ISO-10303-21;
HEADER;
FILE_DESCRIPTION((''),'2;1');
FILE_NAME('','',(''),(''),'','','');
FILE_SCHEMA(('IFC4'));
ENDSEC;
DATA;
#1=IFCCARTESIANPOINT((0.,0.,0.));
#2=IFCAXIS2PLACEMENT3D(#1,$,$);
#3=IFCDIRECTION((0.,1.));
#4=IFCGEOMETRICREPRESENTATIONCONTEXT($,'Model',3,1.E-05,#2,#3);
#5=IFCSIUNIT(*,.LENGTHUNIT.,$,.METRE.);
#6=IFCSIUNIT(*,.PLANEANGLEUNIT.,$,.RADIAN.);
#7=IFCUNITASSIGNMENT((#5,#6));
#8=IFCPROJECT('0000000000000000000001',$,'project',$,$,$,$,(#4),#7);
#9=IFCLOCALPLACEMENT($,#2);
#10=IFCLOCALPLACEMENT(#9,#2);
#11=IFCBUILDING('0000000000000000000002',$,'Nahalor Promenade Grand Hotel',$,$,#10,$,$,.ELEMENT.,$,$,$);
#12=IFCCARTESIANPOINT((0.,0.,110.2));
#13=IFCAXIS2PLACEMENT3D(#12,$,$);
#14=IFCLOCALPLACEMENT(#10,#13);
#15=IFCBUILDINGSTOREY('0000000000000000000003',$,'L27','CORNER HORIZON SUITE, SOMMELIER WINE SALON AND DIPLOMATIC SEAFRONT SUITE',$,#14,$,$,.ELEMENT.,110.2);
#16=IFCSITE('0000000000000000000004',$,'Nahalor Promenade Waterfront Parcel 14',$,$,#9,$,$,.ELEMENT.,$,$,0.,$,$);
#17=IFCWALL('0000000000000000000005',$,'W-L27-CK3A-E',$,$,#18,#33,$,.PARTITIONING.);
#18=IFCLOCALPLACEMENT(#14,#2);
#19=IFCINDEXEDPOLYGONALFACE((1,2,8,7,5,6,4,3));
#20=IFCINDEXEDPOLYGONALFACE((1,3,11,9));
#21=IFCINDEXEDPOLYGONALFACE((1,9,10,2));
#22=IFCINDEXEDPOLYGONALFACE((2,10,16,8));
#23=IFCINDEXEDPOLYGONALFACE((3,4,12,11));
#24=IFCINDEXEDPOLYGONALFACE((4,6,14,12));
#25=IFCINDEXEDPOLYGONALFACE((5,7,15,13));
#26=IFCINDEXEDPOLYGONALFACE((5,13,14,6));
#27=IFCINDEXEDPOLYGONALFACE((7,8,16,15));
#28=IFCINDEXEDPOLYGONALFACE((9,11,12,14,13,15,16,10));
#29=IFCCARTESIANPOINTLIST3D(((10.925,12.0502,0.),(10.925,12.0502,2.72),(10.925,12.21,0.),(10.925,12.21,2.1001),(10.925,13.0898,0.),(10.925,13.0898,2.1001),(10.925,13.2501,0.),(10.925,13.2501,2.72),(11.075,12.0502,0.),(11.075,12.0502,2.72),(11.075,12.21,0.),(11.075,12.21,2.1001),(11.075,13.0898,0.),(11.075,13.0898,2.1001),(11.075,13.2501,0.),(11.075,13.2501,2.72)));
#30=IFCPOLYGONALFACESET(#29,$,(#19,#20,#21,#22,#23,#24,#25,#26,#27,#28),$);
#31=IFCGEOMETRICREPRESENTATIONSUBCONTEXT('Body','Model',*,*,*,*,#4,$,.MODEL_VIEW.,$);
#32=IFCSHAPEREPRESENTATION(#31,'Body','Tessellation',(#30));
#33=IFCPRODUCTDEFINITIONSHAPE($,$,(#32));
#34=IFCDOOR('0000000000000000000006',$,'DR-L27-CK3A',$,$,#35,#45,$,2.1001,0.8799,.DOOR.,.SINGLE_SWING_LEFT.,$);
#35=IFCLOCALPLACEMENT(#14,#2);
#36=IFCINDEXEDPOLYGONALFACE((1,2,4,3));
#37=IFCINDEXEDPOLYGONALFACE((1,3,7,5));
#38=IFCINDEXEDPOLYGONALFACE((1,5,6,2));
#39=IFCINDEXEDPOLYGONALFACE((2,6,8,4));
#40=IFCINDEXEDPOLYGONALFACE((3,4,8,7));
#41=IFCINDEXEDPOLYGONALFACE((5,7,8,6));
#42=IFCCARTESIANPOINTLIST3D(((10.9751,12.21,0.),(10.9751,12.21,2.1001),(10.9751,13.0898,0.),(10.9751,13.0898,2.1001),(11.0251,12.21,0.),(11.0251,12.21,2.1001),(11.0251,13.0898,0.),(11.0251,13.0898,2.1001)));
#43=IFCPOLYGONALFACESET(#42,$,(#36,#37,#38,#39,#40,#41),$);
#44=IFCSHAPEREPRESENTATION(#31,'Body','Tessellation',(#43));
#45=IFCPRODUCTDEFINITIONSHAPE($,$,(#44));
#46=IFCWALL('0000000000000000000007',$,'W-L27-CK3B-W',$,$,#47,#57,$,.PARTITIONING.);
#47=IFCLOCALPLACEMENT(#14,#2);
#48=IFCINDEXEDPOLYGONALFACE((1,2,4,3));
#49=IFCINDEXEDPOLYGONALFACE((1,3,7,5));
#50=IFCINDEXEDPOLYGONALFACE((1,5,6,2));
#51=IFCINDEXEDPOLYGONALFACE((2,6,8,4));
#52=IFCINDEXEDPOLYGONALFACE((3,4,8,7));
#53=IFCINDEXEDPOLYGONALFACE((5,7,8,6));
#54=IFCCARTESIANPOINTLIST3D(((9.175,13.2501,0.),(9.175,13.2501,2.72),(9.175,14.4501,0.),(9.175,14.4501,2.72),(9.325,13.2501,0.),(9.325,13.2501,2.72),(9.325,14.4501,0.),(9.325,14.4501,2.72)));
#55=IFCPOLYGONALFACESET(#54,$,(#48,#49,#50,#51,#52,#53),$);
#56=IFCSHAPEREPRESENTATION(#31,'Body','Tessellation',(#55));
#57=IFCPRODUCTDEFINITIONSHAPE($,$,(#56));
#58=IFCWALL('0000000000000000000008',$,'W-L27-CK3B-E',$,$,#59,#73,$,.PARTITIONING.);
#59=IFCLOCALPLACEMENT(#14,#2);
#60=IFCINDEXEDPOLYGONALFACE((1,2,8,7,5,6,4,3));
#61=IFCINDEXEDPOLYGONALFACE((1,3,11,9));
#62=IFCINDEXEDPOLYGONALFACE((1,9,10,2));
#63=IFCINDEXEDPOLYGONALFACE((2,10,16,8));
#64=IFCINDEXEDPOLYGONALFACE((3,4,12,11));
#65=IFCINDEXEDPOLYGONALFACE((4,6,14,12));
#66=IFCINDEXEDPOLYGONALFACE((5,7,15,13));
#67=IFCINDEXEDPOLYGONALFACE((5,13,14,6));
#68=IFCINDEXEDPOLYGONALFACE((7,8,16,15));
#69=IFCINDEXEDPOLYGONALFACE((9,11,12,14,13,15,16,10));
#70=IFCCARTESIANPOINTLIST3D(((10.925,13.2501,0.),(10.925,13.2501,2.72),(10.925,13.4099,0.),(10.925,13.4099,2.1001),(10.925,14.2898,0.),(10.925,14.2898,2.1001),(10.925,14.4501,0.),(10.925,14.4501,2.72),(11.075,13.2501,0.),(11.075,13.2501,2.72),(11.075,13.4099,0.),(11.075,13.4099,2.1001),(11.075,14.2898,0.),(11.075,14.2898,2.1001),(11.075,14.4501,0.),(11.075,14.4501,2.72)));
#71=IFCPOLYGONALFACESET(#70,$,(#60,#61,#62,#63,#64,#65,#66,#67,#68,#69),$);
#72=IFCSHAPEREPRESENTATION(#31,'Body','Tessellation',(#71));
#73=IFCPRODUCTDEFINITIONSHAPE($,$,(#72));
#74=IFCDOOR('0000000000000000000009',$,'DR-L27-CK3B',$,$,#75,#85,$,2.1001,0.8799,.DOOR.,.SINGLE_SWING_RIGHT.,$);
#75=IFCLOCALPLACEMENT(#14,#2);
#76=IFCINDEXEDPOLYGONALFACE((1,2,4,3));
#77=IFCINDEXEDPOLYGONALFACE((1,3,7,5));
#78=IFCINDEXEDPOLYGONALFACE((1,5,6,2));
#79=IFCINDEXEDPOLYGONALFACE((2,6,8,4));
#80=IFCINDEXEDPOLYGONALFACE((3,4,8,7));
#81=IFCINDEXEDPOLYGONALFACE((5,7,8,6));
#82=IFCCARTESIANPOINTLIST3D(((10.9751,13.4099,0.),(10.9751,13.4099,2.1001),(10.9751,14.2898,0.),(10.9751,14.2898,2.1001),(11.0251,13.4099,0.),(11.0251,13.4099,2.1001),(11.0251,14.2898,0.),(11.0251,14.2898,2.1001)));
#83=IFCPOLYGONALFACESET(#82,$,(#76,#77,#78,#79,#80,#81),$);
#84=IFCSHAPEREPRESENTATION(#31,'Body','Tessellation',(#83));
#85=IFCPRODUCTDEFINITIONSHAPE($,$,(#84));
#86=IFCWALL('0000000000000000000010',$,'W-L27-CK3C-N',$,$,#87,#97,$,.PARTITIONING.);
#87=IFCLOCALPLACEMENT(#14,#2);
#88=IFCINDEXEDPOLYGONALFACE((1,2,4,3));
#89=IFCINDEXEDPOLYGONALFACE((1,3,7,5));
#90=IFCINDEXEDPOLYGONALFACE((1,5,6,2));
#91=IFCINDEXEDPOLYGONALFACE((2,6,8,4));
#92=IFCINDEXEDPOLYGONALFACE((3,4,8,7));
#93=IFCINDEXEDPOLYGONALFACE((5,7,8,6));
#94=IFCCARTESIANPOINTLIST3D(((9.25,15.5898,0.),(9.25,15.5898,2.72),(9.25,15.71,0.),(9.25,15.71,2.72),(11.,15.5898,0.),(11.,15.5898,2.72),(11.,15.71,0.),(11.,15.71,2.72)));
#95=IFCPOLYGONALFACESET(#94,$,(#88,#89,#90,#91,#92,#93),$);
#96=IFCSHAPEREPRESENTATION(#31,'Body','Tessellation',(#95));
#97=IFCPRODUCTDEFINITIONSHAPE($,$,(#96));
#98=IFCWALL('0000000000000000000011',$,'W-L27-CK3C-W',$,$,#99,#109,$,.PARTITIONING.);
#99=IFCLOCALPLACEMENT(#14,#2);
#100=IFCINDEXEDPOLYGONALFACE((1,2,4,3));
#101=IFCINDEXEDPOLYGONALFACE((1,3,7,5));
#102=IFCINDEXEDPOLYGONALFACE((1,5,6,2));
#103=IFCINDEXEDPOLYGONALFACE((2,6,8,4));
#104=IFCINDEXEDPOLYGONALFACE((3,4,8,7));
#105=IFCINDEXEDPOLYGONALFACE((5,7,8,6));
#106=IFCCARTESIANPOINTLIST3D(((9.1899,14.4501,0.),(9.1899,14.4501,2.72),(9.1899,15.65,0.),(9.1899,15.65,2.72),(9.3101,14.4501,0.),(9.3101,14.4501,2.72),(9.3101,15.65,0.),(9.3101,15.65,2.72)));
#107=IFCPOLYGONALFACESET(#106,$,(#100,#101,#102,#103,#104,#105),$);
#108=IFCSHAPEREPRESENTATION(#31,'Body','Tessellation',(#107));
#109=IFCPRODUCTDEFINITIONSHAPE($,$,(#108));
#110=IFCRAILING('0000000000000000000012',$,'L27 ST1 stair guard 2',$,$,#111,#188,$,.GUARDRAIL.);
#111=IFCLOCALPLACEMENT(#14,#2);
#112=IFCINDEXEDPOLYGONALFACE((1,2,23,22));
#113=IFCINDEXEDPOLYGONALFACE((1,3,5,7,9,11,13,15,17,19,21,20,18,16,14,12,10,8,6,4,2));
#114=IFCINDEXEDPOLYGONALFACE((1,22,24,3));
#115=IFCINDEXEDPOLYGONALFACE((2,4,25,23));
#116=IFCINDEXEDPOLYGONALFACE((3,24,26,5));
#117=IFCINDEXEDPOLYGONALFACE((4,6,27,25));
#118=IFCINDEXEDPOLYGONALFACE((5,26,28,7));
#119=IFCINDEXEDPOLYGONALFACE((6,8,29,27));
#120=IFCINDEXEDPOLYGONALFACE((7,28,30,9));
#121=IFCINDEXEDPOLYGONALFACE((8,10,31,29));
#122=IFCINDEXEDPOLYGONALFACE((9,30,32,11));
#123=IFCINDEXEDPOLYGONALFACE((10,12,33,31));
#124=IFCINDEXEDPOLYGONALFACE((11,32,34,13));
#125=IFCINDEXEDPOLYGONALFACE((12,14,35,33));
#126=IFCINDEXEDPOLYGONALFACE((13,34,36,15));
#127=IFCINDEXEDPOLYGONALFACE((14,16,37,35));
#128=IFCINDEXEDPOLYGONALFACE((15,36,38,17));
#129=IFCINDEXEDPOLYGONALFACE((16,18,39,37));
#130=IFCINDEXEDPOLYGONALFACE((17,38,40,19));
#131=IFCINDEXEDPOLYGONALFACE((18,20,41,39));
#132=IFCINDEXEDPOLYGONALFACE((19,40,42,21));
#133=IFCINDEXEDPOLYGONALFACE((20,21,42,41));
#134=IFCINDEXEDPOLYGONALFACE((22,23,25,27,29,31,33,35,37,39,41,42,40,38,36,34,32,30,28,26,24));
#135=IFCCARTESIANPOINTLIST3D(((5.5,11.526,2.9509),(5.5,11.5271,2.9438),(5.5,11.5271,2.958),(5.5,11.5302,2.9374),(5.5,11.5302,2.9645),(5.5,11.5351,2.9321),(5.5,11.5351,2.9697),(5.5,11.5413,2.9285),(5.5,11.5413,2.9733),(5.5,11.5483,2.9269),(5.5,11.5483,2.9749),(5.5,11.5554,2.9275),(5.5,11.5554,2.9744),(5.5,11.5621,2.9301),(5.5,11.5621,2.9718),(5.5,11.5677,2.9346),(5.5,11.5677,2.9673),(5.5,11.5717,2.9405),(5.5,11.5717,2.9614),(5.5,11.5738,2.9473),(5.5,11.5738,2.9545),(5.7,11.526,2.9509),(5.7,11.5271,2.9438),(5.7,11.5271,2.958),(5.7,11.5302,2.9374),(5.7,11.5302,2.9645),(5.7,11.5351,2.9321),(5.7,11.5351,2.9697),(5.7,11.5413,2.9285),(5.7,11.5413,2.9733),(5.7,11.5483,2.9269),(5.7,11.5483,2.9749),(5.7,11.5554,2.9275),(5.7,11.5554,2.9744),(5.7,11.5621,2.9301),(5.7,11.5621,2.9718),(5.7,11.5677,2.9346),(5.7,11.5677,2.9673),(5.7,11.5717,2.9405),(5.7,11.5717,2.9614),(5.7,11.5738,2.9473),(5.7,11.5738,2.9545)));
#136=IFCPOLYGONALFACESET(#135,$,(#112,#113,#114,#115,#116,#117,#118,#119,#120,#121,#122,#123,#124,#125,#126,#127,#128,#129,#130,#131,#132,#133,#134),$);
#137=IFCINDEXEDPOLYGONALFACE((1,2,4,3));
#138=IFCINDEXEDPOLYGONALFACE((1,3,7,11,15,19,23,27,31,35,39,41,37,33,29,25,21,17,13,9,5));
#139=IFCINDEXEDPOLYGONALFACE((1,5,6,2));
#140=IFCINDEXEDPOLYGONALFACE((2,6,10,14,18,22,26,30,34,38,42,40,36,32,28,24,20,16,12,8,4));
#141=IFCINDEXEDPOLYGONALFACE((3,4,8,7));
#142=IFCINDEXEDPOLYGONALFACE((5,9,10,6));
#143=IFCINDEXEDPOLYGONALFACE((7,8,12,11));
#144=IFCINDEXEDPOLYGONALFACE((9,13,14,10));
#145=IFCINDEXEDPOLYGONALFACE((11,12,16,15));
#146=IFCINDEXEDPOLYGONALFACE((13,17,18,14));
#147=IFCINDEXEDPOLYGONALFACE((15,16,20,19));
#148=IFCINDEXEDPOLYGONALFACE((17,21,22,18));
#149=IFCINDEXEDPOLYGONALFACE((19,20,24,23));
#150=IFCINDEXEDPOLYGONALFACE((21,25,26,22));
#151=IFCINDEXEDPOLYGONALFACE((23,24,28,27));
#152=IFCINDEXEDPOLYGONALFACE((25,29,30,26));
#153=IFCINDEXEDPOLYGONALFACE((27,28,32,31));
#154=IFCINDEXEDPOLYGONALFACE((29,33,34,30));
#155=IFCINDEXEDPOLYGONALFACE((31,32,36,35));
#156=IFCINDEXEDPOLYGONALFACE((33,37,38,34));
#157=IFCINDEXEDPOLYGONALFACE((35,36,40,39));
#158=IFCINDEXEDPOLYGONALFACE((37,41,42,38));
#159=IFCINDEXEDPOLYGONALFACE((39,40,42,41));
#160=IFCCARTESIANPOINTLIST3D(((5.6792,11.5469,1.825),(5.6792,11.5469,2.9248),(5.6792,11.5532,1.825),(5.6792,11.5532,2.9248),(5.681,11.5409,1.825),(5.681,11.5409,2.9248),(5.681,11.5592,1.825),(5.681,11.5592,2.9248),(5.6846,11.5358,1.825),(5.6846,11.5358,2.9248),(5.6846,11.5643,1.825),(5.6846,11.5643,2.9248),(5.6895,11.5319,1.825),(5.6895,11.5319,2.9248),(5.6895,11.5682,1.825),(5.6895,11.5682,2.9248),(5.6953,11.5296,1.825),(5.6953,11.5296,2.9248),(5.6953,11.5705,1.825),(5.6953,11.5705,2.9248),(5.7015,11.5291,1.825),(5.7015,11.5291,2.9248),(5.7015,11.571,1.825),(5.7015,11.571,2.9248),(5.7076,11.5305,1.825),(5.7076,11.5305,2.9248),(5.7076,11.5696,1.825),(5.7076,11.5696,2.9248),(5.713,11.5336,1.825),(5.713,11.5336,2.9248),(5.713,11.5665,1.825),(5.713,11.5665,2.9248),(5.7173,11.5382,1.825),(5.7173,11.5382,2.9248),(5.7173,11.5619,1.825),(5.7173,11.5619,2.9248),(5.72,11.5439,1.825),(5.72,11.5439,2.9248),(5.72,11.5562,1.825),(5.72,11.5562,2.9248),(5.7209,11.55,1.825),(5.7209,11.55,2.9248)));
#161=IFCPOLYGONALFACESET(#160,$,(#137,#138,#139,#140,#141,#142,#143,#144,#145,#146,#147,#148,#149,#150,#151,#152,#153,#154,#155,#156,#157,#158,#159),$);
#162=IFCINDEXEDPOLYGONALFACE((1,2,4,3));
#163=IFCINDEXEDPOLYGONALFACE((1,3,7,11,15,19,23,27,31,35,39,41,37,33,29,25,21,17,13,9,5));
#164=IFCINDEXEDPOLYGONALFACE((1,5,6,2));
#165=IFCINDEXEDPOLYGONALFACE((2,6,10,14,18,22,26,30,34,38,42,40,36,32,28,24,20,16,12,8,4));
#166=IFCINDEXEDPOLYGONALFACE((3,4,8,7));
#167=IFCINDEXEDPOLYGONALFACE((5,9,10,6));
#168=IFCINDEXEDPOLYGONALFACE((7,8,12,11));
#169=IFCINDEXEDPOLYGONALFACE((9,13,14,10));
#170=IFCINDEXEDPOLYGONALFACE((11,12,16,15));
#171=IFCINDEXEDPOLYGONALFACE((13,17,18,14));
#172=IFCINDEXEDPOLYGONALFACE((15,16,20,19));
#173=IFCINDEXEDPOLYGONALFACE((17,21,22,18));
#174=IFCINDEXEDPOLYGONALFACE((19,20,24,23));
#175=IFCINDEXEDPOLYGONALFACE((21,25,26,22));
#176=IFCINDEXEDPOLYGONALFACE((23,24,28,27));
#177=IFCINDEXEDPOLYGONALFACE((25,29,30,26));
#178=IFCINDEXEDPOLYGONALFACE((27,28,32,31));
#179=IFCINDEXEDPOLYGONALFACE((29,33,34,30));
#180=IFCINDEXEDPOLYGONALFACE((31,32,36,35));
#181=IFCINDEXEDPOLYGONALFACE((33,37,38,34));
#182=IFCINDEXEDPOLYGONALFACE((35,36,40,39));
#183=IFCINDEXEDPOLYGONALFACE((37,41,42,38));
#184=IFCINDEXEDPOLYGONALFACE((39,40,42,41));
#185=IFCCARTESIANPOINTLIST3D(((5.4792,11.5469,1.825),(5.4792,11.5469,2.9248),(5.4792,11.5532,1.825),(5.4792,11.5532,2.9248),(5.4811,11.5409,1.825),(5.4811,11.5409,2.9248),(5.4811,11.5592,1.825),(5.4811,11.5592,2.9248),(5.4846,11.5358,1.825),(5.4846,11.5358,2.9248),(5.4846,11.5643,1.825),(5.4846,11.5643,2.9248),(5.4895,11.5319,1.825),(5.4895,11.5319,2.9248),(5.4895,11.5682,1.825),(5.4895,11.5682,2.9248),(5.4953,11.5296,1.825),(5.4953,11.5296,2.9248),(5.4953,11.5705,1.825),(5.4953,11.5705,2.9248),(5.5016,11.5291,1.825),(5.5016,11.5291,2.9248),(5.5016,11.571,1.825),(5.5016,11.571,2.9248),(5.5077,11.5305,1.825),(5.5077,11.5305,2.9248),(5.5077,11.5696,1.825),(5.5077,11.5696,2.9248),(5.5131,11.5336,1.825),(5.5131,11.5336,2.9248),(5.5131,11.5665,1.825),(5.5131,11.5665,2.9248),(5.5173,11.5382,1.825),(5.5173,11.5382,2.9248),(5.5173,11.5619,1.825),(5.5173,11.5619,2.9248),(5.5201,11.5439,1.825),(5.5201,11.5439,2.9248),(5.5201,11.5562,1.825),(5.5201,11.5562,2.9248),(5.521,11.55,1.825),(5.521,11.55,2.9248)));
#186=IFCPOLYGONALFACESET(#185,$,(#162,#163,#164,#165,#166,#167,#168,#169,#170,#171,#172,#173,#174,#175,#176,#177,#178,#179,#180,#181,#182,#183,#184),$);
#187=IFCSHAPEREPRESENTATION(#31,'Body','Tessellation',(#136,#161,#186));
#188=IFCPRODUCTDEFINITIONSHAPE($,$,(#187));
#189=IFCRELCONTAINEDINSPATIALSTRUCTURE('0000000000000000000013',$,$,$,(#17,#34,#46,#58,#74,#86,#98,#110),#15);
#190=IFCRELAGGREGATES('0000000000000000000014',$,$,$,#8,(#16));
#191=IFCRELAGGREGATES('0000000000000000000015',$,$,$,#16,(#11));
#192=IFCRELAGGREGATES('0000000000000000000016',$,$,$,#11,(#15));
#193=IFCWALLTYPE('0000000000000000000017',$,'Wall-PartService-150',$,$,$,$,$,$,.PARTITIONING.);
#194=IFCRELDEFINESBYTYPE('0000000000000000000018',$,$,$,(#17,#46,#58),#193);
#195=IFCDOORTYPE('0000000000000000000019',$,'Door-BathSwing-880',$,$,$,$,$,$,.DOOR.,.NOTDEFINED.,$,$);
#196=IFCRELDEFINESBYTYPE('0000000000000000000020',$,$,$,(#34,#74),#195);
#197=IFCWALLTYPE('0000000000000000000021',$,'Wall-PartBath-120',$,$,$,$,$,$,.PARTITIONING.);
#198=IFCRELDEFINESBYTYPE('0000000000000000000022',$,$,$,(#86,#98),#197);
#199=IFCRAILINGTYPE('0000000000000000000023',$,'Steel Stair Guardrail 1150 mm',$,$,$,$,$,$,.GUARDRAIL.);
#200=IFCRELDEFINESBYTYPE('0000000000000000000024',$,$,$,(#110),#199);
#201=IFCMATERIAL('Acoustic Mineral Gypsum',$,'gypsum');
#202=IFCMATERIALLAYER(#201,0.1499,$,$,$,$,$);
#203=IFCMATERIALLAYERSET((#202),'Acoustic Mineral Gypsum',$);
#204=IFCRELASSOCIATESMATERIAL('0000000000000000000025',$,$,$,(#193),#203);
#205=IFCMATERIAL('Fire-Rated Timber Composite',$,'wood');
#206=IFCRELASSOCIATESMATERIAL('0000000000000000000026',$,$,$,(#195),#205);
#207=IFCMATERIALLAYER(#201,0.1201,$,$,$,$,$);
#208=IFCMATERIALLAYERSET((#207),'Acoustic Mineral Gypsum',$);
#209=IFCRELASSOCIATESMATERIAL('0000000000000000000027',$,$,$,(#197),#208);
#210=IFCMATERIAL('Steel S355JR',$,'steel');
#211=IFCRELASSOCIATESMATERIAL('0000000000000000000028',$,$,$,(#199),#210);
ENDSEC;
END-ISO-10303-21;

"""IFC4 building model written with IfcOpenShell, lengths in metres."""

from ifc_helpers import new_model, si_unit, direction, frame, frame_2d, origin, origin_2d, place, context, subcontext, project, spatial, rectangle, circle, extrude, source, transform, mapped, material, layer, layer_set, type_object, element, fill, save


model = new_model("IFC4")

# Units and contexts
model_context = context("Model", 3, precision=1e-05, world=origin(), true_north=direction((0.0, 1.0)))
body_context = subcontext(model_context, "Body", "Model", "MODEL_VIEW")
ifc_project = project(units=[si_unit("LENGTHUNIT", "METRE"), si_unit("PLANEANGLEUNIT", "RADIAN")], contexts=[model_context])

# Site, building, storey
site_placement = place(None, origin())
site = spatial("IfcSite", under=ifc_project, at=site_placement, Name="Nahalor Promenade Waterfront Parcel 14", CompositionType="ELEMENT", RefElevation=0.0)
building_placement = place(site_placement, origin())
building = spatial("IfcBuilding", under=site, at=building_placement, Name="Nahalor Promenade Grand Hotel", CompositionType="ELEMENT")
storey_placement = place(building_placement, frame((0.0, 0.0, 110.2)))
storey = spatial("IfcBuildingStorey", under=building, at=storey_placement, Name="L27", Description="CORNER HORIZON SUITE, SOMMELIER WINE SALON AND DIPLOMATIC SEAFRONT SUITE", CompositionType="ELEMENT", Elevation=110.2)

# Shared definitions
ifc_material_1 = material(Name="Steel S355JR", Category="steel")

# Shared definitions
ifc_material_2 = material(Name="Acoustic Mineral Gypsum", Category="gypsum")
ifc_layer_1 = layer(ifc_material_2, 0.1499)
ifc_layer_set_1 = layer_set([ifc_layer_1], Name="Acoustic Mineral Gypsum")
wall_type_1 = type_object("IfcWallType", Name="Wall-PartService-150", PredefinedType="PARTITIONING", material=ifc_layer_set_1)
shared_shape_1 = source(origin(), body_context, "Body", "SweptSolid", [
    extrude(rectangle(XDim=1.2, YDim=0.1499, at=frame_2d((0.6001, 0.0))), origin(), (0.0, 0.0, 1.0), 2.72),
])

# Wall, opening, door
wall_1_placement = place(storey_placement, frame((11.0, 12.05, 0.0), z_axis=(0.0, 0.0, 1.0), x_axis=(0.0, 1.0, 0.0)))
wall_1 = element("IfcWall", 1, at=wall_1_placement, inside=storey, type_object=wall_type_1, Name="W-L27-CK3A-E", PredefinedType="PARTITIONING", context=body_context, shape_type="MappedRepresentation", body=[
    mapped(shared_shape_1, transform((0.0, 0.0, 0.0), scale=1.0)),
])
opening_1_placement = place(wall_1_placement, frame((0.1599, 0.0, 0.0)))
opening_1 = element("IfcOpeningElement", 2, at=opening_1_placement, cuts=wall_1, PredefinedType="OPENING", context=body_context, shape_type="SweptSolid", body=[
    extrude(rectangle(XDim=0.8799, YDim=2.1001, at=frame_2d((0.4399, 1.05))), frame((0.0, 0.085, 0.0), z_axis=(0.0, -1.0, 0.0), x_axis=(1.0, 0.0, 0.0)), (0.0, 0.0, 1.0), 0.1699),
])
ifc_material_3 = material(Name="Fire-Rated Timber Composite", Category="wood")
door_type = type_object("IfcDoorType", Name="Door-BathSwing-880", OperationType="NOTDEFINED", PredefinedType="DOOR", material=ifc_material_3)
shared_shape_2 = source(origin(), body_context, "Body", "SweptSolid", [
    extrude(rectangle(XDim=0.8799, YDim=2.1001, at=frame_2d((0.4399, 1.05))), frame((0.0, 0.0249, 0.0), z_axis=(0.0, -1.0, 0.0), x_axis=(1.0, 0.0, 0.0)), (0.0, 0.0, 1.0), 0.05),
])
door_1_placement = place(opening_1_placement, origin())
door_1 = element("IfcDoor", 3, at=door_1_placement, inside=storey, type_object=door_type, Name="DR-L27-CK3A", OperationType="SINGLE_SWING_LEFT", OverallHeight=2.1001, OverallWidth=0.8799, PredefinedType="DOOR", context=body_context, shape_type="MappedRepresentation", body=[
    mapped(shared_shape_2, transform((0.0, 0.0, 0.0), scale=1.0)),
])
fill(opening_1, door_1)

# Wall
wall_2_placement = place(storey_placement, frame((9.25, 13.25, 0.0), z_axis=(0.0, 0.0, 1.0), x_axis=(0.0, 1.0, 0.0)))
element("IfcWall", 4, at=wall_2_placement, inside=storey, type_object=wall_type_1, Name="W-L27-CK3B-W", PredefinedType="PARTITIONING", context=body_context, shape_type="MappedRepresentation", body=[
    mapped(shared_shape_1, transform((0.0, 0.0, 0.0), scale=1.0)),
])

# Wall, opening, door
wall_3_placement = place(storey_placement, frame((11.0, 13.25, 0.0), z_axis=(0.0, 0.0, 1.0), x_axis=(0.0, 1.0, 0.0)))
wall_3 = element("IfcWall", 5, at=wall_3_placement, inside=storey, type_object=wall_type_1, Name="W-L27-CK3B-E", PredefinedType="PARTITIONING", context=body_context, shape_type="MappedRepresentation", body=[
    mapped(shared_shape_1, transform((0.0, 0.0, 0.0), scale=1.0)),
])
opening_2_placement = place(wall_3_placement, frame((0.1599, 0.0, 0.0)))
opening_2 = element("IfcOpeningElement", 6, at=opening_2_placement, cuts=wall_3, PredefinedType="OPENING", context=body_context, shape_type="SweptSolid", body=[
    extrude(rectangle(XDim=0.8799, YDim=2.1001, at=frame_2d((0.4399, 1.05))), frame((0.0, 0.085, 0.0), z_axis=(0.0, -1.0, 0.0), x_axis=(1.0, 0.0, 0.0)), (0.0, 0.0, 1.0), 0.1699),
])
door_2_placement = place(opening_2_placement, origin())
door_2 = element("IfcDoor", 7, at=door_2_placement, inside=storey, type_object=door_type, Name="DR-L27-CK3B", OperationType="SINGLE_SWING_RIGHT", OverallHeight=2.1001, OverallWidth=0.8799, PredefinedType="DOOR", context=body_context, shape_type="MappedRepresentation", body=[
    mapped(shared_shape_2, transform((0.0, 0.0, 0.0), scale=1.0)),
])
fill(opening_2, door_2)

# Walls
ifc_layer_2 = layer(ifc_material_2, 0.1201)
ifc_layer_set_2 = layer_set([ifc_layer_2], Name="Acoustic Mineral Gypsum")
wall_type_2 = type_object("IfcWallType", Name="Wall-PartBath-120", PredefinedType="PARTITIONING", material=ifc_layer_set_2)
shared_shape_3 = source(origin(), body_context, "Body", "SweptSolid", [
    extrude(rectangle(XDim=1.75, YDim=0.1201, at=frame_2d((0.875, 0.0))), origin(), (0.0, 0.0, 1.0), 2.72),
])
wall_4_placement = place(storey_placement, frame((9.25, 15.6499, 0.0), z_axis=(0.0, 0.0, 1.0), x_axis=(1.0, 0.0, 0.0)))
element("IfcWall", 8, at=wall_4_placement, inside=storey, type_object=wall_type_2, Name="W-L27-CK3C-N", PredefinedType="PARTITIONING", context=body_context, shape_type="MappedRepresentation", body=[
    mapped(shared_shape_3, transform((0.0, 0.0, 0.0), scale=1.0)),
])
shared_shape_4 = source(origin(), body_context, "Body", "SweptSolid", [
    extrude(rectangle(XDim=1.2, YDim=0.1201, at=frame_2d((0.6001, 0.0))), origin(), (0.0, 0.0, 1.0), 2.72),
])
wall_5_placement = place(storey_placement, frame((9.25, 14.45, 0.0), z_axis=(0.0, 0.0, 1.0), x_axis=(0.0, 1.0, 0.0)))
element("IfcWall", 9, at=wall_5_placement, inside=storey, type_object=wall_type_2, Name="W-L27-CK3C-W", PredefinedType="PARTITIONING", context=body_context, shape_type="MappedRepresentation", body=[
    mapped(shared_shape_4, transform((0.0, 0.0, 0.0), scale=1.0)),
])

# Railing
railing_type = type_object("IfcRailingType", Name="Steel Stair Guardrail 1150 mm", PredefinedType="GUARDRAIL", material=ifc_material_1)
railing_placement = place(storey_placement, frame((5.7, 11.55, 1.825)))
element("IfcRailing", 10, at=railing_placement, inside=storey, type_object=railing_type, Name="L27 ST1 stair guard 2", PredefinedType="GUARDRAIL", context=body_context, shape_type="SweptSolid", body=[
    extrude(circle(Radius=0.024, at=origin_2d()), frame((0.0, 0.0, 1.126), z_axis=(-1.0, 0.0, 0.0), x_axis=(0.0, -1.0, 0.0)), (0.0, 0.0, 1.0), 0.2),
    extrude(circle(Radius=0.021, at=origin_2d()), origin(), (0.0, 0.0, 1.0), 1.0999),
    extrude(circle(Radius=0.021, at=origin_2d()), frame((-0.2, 0.0, 0.0)), (0.0, 0.0, 1.0), 1.0999),
])

save(model, "model.ifc")
